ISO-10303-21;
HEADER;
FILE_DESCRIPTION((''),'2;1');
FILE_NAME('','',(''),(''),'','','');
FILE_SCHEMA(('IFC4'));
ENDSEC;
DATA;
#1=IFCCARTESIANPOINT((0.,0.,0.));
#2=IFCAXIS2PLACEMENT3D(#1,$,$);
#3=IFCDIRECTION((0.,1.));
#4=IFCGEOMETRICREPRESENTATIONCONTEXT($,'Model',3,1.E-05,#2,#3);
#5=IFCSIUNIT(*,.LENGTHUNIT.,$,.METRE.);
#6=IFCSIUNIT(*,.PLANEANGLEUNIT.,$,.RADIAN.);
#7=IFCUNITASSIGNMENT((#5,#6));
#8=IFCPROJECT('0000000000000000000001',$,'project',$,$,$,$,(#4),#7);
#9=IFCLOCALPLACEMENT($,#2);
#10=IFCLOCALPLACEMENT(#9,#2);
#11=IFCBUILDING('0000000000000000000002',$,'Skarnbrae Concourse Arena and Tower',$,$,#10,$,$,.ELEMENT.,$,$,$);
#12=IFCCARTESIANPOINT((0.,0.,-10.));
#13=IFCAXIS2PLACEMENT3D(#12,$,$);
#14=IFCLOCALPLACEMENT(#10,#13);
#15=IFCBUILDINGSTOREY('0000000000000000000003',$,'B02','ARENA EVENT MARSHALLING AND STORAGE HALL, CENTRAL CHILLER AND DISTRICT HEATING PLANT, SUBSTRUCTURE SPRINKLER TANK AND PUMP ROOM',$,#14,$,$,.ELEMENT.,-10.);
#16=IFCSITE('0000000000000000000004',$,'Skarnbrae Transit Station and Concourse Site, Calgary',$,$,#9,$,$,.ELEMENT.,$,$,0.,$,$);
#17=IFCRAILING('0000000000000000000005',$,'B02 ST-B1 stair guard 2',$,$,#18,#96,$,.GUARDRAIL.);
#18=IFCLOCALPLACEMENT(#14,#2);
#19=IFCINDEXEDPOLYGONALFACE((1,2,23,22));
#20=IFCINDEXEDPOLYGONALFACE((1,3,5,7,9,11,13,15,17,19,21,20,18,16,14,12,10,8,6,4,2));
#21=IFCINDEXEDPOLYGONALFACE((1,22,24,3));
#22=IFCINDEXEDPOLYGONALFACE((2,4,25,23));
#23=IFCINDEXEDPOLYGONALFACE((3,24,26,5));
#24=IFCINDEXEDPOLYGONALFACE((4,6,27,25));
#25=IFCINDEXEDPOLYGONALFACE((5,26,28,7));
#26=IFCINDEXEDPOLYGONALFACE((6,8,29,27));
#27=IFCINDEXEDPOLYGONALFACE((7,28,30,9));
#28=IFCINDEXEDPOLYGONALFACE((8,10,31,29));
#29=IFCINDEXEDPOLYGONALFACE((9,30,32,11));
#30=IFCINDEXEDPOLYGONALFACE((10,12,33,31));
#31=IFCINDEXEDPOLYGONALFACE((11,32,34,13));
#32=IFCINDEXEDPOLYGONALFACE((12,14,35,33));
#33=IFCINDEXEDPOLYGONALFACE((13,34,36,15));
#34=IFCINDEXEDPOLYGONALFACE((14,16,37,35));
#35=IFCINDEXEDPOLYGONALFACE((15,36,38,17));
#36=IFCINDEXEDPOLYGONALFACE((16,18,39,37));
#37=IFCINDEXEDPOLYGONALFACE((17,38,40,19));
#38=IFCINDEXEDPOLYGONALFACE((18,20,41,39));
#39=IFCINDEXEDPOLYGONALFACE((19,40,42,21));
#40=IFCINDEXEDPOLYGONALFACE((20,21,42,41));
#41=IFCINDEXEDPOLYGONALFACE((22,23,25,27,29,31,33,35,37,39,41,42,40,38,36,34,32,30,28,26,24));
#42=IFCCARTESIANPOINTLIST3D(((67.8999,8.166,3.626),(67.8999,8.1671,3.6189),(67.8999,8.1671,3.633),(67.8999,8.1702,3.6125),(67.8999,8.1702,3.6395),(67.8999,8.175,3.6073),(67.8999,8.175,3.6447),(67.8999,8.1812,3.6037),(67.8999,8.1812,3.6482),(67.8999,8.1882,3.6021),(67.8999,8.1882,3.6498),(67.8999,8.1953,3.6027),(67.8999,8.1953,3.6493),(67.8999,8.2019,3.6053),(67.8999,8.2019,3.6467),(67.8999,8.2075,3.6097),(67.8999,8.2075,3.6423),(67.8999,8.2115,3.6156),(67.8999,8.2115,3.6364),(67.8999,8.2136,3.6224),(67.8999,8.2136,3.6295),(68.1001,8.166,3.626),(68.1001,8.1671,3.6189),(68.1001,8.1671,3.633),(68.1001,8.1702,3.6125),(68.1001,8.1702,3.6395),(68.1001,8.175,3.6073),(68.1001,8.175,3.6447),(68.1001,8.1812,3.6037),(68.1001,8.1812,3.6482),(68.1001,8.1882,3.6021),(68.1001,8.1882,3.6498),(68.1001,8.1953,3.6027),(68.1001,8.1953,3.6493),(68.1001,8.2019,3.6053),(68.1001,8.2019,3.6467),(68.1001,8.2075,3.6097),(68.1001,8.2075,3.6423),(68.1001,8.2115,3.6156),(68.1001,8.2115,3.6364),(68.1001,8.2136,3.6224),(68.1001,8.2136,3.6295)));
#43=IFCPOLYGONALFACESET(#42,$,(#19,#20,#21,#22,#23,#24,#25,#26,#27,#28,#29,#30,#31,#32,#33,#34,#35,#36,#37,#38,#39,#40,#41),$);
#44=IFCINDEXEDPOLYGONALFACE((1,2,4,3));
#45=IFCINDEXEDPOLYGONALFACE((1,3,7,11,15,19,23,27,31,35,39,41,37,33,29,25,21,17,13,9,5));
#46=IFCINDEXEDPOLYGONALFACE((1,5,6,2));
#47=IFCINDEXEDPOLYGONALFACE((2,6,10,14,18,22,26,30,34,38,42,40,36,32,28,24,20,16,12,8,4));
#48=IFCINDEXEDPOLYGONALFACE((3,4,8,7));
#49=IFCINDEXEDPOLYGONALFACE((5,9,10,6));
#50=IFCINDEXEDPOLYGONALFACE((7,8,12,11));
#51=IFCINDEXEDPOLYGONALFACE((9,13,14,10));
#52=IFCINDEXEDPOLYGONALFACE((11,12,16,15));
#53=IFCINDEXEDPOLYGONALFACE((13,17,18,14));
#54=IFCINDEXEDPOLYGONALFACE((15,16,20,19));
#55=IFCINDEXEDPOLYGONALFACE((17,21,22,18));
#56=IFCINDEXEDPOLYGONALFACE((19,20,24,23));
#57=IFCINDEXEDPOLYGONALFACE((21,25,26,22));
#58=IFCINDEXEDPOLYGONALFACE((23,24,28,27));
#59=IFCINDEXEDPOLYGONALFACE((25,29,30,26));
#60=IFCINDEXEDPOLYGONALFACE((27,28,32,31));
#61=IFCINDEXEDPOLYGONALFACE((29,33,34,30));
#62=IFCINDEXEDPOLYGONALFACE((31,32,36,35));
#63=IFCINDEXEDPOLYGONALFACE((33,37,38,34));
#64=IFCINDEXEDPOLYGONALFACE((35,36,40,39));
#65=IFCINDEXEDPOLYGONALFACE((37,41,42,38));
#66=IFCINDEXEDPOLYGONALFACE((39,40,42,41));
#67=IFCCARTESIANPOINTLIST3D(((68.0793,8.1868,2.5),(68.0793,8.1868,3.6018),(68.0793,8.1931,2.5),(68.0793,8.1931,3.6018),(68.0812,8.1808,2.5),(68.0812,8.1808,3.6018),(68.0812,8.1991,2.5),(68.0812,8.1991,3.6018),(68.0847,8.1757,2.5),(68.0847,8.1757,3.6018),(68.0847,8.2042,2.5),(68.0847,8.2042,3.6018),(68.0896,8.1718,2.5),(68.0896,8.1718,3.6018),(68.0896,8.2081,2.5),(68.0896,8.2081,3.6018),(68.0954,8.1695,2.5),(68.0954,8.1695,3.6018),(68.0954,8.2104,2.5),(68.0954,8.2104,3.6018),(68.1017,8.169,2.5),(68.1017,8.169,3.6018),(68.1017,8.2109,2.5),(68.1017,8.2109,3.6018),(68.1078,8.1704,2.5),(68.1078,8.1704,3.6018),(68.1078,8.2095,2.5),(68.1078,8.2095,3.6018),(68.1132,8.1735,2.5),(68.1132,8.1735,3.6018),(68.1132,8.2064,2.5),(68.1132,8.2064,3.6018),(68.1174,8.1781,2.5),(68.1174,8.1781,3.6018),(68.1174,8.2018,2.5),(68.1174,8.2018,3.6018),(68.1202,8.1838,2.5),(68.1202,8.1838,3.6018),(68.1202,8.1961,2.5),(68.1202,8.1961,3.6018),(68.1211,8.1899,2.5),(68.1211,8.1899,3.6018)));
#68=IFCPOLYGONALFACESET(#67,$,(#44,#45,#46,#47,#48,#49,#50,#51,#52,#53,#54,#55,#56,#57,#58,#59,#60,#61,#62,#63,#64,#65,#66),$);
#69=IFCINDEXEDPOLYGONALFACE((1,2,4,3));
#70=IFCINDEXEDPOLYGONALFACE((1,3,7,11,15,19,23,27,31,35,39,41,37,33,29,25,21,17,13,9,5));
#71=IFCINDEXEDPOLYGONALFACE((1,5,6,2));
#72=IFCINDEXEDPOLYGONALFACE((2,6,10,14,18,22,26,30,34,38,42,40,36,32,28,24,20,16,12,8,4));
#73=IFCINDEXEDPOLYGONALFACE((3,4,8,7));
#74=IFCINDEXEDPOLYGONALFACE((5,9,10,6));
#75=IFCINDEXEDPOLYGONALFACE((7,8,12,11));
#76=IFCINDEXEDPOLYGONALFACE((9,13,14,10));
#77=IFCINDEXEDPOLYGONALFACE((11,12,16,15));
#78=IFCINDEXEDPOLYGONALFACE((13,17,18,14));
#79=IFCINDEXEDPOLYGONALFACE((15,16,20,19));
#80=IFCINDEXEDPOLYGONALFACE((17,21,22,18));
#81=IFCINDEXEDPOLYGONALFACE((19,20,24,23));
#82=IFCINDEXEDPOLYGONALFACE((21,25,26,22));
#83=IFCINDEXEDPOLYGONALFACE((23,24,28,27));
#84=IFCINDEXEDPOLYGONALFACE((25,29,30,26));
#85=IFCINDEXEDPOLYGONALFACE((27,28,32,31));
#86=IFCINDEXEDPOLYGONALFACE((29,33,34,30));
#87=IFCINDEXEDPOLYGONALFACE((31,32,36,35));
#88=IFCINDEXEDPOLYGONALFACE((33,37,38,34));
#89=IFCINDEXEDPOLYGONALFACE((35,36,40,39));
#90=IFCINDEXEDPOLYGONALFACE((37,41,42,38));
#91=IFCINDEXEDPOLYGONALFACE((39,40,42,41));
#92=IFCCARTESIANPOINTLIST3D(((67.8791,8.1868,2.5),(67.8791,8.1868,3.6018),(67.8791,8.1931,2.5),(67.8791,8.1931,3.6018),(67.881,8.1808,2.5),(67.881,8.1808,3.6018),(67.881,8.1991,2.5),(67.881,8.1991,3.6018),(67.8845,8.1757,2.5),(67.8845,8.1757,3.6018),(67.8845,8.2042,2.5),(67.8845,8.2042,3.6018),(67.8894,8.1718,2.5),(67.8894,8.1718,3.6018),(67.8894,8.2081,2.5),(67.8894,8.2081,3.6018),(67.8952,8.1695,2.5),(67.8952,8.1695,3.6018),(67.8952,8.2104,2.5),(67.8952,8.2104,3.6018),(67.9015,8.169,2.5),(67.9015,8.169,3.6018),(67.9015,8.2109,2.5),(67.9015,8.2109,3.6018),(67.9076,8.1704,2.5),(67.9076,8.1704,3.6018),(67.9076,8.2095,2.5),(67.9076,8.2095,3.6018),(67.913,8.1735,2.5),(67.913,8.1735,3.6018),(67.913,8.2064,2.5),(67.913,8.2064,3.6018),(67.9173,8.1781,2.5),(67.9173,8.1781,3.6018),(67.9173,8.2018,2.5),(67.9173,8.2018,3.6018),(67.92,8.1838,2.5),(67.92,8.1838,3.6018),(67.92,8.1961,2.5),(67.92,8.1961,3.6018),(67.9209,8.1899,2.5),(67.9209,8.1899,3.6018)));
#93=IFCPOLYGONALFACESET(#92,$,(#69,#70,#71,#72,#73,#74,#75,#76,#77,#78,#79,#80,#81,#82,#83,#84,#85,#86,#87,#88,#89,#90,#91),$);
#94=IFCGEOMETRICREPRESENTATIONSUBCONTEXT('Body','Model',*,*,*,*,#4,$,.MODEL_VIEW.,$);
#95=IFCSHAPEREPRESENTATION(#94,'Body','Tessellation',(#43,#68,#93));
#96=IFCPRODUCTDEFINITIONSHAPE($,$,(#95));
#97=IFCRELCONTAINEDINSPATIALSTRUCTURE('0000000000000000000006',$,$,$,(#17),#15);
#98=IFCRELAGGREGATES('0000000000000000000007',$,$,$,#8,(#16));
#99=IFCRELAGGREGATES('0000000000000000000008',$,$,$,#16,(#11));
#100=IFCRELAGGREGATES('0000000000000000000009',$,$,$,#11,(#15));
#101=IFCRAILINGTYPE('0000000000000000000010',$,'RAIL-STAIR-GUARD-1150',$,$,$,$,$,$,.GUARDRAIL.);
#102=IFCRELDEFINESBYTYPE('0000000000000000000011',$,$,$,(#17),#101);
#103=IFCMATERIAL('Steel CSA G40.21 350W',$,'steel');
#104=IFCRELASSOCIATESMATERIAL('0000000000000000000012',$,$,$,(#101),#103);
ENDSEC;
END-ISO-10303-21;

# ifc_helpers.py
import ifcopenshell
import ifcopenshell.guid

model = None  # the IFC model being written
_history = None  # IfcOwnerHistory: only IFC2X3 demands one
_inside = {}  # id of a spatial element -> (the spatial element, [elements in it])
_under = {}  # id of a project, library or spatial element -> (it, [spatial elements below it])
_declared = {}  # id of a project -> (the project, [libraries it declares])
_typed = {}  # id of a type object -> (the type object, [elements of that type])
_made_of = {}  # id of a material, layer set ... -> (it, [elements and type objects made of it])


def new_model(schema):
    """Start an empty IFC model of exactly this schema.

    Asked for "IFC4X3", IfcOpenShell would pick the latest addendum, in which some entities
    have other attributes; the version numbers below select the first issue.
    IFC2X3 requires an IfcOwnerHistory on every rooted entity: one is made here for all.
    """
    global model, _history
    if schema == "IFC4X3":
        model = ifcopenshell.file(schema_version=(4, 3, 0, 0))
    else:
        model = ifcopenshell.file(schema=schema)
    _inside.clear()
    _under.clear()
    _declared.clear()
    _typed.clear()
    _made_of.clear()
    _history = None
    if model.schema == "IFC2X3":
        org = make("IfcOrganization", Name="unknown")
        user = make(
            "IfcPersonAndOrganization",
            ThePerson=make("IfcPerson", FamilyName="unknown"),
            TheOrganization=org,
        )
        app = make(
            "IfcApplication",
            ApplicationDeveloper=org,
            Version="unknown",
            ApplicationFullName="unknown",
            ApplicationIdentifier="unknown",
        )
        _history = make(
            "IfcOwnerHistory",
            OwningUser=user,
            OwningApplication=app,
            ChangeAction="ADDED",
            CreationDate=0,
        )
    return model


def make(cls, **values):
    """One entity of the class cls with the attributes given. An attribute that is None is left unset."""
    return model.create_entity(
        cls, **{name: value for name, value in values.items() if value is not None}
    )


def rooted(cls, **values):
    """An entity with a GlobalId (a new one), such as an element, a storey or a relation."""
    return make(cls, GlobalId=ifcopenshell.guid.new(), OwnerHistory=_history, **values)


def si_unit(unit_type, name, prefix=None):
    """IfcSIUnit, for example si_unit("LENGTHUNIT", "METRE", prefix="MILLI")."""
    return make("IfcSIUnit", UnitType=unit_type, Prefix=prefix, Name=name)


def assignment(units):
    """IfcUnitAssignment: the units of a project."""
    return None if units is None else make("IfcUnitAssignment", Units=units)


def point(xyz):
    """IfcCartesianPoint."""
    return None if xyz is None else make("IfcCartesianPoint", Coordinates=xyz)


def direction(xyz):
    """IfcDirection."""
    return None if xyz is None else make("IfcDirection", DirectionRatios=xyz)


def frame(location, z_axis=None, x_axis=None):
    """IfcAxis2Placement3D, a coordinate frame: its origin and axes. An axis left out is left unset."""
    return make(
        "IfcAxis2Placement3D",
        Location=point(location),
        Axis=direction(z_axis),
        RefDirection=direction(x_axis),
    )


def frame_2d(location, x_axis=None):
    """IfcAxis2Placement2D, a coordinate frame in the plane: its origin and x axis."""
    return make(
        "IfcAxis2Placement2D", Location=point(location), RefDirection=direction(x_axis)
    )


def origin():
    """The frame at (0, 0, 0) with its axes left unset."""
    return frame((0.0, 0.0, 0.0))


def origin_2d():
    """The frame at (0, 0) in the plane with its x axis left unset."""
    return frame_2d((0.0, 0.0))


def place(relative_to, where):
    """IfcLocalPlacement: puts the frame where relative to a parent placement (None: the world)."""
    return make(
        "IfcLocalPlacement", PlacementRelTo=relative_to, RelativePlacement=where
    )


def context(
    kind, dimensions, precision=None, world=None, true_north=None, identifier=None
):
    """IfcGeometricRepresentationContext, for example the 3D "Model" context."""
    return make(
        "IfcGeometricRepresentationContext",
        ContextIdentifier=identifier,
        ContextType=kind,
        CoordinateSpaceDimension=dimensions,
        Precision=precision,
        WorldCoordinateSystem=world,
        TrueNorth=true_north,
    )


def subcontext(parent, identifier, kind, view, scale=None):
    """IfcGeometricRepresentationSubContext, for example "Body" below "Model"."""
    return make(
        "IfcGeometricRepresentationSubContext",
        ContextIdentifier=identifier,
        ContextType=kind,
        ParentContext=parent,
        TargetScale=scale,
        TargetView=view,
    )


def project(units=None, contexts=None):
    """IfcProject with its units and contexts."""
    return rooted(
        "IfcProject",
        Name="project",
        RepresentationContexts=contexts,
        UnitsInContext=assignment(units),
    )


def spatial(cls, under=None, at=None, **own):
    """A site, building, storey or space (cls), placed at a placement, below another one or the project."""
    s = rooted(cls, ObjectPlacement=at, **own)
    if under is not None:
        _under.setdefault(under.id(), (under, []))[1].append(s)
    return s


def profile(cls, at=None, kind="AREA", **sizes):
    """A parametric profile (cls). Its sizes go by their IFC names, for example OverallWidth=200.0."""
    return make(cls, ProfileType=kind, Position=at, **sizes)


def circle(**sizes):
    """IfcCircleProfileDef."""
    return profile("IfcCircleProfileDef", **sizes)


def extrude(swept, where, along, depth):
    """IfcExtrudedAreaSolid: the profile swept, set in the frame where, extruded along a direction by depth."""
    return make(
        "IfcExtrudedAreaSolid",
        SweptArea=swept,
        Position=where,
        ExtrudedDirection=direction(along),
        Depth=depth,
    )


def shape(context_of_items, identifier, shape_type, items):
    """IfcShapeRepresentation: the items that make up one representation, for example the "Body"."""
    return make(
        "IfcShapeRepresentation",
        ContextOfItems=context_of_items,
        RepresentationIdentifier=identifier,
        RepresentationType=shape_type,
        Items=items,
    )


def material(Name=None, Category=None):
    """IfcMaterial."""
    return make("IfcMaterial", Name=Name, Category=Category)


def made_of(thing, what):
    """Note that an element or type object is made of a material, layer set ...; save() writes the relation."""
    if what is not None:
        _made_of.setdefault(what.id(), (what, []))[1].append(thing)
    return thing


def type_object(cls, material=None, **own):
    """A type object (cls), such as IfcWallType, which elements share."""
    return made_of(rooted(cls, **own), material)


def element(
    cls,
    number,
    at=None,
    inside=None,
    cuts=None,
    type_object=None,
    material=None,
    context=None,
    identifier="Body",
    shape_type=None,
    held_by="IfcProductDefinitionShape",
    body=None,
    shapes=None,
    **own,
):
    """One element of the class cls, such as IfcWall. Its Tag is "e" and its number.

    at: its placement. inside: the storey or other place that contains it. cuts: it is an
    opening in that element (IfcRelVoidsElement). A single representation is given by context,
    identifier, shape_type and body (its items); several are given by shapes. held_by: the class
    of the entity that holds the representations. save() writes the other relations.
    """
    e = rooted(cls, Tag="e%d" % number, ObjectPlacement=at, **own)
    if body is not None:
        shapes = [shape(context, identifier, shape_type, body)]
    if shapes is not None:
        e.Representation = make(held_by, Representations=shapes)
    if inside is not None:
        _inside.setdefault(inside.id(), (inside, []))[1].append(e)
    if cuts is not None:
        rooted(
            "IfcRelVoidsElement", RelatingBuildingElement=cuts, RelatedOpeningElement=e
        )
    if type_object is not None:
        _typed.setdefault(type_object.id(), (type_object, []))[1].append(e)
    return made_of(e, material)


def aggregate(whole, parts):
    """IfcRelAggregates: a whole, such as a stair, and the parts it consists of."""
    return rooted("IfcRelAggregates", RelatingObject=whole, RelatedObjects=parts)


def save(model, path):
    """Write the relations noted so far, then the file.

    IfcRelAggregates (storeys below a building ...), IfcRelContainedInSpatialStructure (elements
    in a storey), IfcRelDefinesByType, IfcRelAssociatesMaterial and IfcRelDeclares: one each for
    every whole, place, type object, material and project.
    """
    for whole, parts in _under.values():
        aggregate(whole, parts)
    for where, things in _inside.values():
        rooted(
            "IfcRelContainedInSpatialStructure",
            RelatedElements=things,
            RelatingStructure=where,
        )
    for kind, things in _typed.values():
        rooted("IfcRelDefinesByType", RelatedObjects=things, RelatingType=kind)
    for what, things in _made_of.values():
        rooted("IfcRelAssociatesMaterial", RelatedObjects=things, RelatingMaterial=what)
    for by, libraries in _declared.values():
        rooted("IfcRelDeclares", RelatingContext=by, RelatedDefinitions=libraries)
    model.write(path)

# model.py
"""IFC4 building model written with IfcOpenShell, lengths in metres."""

from ifc_helpers import new_model, si_unit, direction, frame, origin, origin_2d, place, context, subcontext, project, spatial, circle, extrude, material, type_object, element, save


model = new_model("IFC4")

# Units and contexts
model_context = context("Model", 3, precision=1e-05, world=origin(), true_north=direction((0.0, 1.0)))
body_context = subcontext(model_context, "Body", "Model", "MODEL_VIEW")
ifc_project = project(units=[si_unit("LENGTHUNIT", "METRE"), si_unit("PLANEANGLEUNIT", "RADIAN")], contexts=[model_context])

# Site, building, storey
site_placement = place(None, origin())
site = spatial("IfcSite", under=ifc_project, at=site_placement, Name="Skarnbrae Transit Station and Concourse Site, Calgary", CompositionType="ELEMENT", RefElevation=0.0)
building_placement = place(site_placement, origin())
building = spatial("IfcBuilding", under=site, at=building_placement, Name="Skarnbrae Concourse Arena and Tower", CompositionType="ELEMENT")
storey_placement = place(building_placement, frame((0.0, 0.0, -10.0)))
storey = spatial("IfcBuildingStorey", under=building, at=storey_placement, Name="B02", Description="ARENA EVENT MARSHALLING AND STORAGE HALL, CENTRAL CHILLER AND DISTRICT HEATING PLANT, SUBSTRUCTURE SPRINKLER TANK AND PUMP ROOM", CompositionType="ELEMENT", Elevation=-10.0)

# Shared definitions
ifc_material_1 = material(Name="Steel CSA G40.21 350W", Category="steel")

# Railing
railing_type_1 = type_object("IfcRailingType", Name="RAIL-STAIR-GUARD-1150", PredefinedType="GUARDRAIL", material=ifc_material_1)
railing_1_placement = place(storey_placement, frame((68.1001, 8.1899, 2.5)))
element("IfcRailing", 1, at=railing_1_placement, inside=storey, type_object=railing_type_1, Name="B02 ST-B1 stair guard 2", PredefinedType="GUARDRAIL", context=body_context, shape_type="SweptSolid", body=[
    extrude(circle(Radius=0.0239, at=origin_2d()), frame((0.0, 0.0, 1.126), z_axis=(-1.0, 0.0, 0.0), x_axis=(0.0, -1.0, 0.0)), (0.0, 0.0, 1.0), 0.2002),
    extrude(circle(Radius=0.021, at=origin_2d()), origin(), (0.0, 0.0, 1.0), 1.1018),
    extrude(circle(Radius=0.021, at=origin_2d()), frame((-0.2002, 0.0, 0.0)), (0.0, 0.0, 1.0), 1.1018),
])

save(model, "model.ifc")
